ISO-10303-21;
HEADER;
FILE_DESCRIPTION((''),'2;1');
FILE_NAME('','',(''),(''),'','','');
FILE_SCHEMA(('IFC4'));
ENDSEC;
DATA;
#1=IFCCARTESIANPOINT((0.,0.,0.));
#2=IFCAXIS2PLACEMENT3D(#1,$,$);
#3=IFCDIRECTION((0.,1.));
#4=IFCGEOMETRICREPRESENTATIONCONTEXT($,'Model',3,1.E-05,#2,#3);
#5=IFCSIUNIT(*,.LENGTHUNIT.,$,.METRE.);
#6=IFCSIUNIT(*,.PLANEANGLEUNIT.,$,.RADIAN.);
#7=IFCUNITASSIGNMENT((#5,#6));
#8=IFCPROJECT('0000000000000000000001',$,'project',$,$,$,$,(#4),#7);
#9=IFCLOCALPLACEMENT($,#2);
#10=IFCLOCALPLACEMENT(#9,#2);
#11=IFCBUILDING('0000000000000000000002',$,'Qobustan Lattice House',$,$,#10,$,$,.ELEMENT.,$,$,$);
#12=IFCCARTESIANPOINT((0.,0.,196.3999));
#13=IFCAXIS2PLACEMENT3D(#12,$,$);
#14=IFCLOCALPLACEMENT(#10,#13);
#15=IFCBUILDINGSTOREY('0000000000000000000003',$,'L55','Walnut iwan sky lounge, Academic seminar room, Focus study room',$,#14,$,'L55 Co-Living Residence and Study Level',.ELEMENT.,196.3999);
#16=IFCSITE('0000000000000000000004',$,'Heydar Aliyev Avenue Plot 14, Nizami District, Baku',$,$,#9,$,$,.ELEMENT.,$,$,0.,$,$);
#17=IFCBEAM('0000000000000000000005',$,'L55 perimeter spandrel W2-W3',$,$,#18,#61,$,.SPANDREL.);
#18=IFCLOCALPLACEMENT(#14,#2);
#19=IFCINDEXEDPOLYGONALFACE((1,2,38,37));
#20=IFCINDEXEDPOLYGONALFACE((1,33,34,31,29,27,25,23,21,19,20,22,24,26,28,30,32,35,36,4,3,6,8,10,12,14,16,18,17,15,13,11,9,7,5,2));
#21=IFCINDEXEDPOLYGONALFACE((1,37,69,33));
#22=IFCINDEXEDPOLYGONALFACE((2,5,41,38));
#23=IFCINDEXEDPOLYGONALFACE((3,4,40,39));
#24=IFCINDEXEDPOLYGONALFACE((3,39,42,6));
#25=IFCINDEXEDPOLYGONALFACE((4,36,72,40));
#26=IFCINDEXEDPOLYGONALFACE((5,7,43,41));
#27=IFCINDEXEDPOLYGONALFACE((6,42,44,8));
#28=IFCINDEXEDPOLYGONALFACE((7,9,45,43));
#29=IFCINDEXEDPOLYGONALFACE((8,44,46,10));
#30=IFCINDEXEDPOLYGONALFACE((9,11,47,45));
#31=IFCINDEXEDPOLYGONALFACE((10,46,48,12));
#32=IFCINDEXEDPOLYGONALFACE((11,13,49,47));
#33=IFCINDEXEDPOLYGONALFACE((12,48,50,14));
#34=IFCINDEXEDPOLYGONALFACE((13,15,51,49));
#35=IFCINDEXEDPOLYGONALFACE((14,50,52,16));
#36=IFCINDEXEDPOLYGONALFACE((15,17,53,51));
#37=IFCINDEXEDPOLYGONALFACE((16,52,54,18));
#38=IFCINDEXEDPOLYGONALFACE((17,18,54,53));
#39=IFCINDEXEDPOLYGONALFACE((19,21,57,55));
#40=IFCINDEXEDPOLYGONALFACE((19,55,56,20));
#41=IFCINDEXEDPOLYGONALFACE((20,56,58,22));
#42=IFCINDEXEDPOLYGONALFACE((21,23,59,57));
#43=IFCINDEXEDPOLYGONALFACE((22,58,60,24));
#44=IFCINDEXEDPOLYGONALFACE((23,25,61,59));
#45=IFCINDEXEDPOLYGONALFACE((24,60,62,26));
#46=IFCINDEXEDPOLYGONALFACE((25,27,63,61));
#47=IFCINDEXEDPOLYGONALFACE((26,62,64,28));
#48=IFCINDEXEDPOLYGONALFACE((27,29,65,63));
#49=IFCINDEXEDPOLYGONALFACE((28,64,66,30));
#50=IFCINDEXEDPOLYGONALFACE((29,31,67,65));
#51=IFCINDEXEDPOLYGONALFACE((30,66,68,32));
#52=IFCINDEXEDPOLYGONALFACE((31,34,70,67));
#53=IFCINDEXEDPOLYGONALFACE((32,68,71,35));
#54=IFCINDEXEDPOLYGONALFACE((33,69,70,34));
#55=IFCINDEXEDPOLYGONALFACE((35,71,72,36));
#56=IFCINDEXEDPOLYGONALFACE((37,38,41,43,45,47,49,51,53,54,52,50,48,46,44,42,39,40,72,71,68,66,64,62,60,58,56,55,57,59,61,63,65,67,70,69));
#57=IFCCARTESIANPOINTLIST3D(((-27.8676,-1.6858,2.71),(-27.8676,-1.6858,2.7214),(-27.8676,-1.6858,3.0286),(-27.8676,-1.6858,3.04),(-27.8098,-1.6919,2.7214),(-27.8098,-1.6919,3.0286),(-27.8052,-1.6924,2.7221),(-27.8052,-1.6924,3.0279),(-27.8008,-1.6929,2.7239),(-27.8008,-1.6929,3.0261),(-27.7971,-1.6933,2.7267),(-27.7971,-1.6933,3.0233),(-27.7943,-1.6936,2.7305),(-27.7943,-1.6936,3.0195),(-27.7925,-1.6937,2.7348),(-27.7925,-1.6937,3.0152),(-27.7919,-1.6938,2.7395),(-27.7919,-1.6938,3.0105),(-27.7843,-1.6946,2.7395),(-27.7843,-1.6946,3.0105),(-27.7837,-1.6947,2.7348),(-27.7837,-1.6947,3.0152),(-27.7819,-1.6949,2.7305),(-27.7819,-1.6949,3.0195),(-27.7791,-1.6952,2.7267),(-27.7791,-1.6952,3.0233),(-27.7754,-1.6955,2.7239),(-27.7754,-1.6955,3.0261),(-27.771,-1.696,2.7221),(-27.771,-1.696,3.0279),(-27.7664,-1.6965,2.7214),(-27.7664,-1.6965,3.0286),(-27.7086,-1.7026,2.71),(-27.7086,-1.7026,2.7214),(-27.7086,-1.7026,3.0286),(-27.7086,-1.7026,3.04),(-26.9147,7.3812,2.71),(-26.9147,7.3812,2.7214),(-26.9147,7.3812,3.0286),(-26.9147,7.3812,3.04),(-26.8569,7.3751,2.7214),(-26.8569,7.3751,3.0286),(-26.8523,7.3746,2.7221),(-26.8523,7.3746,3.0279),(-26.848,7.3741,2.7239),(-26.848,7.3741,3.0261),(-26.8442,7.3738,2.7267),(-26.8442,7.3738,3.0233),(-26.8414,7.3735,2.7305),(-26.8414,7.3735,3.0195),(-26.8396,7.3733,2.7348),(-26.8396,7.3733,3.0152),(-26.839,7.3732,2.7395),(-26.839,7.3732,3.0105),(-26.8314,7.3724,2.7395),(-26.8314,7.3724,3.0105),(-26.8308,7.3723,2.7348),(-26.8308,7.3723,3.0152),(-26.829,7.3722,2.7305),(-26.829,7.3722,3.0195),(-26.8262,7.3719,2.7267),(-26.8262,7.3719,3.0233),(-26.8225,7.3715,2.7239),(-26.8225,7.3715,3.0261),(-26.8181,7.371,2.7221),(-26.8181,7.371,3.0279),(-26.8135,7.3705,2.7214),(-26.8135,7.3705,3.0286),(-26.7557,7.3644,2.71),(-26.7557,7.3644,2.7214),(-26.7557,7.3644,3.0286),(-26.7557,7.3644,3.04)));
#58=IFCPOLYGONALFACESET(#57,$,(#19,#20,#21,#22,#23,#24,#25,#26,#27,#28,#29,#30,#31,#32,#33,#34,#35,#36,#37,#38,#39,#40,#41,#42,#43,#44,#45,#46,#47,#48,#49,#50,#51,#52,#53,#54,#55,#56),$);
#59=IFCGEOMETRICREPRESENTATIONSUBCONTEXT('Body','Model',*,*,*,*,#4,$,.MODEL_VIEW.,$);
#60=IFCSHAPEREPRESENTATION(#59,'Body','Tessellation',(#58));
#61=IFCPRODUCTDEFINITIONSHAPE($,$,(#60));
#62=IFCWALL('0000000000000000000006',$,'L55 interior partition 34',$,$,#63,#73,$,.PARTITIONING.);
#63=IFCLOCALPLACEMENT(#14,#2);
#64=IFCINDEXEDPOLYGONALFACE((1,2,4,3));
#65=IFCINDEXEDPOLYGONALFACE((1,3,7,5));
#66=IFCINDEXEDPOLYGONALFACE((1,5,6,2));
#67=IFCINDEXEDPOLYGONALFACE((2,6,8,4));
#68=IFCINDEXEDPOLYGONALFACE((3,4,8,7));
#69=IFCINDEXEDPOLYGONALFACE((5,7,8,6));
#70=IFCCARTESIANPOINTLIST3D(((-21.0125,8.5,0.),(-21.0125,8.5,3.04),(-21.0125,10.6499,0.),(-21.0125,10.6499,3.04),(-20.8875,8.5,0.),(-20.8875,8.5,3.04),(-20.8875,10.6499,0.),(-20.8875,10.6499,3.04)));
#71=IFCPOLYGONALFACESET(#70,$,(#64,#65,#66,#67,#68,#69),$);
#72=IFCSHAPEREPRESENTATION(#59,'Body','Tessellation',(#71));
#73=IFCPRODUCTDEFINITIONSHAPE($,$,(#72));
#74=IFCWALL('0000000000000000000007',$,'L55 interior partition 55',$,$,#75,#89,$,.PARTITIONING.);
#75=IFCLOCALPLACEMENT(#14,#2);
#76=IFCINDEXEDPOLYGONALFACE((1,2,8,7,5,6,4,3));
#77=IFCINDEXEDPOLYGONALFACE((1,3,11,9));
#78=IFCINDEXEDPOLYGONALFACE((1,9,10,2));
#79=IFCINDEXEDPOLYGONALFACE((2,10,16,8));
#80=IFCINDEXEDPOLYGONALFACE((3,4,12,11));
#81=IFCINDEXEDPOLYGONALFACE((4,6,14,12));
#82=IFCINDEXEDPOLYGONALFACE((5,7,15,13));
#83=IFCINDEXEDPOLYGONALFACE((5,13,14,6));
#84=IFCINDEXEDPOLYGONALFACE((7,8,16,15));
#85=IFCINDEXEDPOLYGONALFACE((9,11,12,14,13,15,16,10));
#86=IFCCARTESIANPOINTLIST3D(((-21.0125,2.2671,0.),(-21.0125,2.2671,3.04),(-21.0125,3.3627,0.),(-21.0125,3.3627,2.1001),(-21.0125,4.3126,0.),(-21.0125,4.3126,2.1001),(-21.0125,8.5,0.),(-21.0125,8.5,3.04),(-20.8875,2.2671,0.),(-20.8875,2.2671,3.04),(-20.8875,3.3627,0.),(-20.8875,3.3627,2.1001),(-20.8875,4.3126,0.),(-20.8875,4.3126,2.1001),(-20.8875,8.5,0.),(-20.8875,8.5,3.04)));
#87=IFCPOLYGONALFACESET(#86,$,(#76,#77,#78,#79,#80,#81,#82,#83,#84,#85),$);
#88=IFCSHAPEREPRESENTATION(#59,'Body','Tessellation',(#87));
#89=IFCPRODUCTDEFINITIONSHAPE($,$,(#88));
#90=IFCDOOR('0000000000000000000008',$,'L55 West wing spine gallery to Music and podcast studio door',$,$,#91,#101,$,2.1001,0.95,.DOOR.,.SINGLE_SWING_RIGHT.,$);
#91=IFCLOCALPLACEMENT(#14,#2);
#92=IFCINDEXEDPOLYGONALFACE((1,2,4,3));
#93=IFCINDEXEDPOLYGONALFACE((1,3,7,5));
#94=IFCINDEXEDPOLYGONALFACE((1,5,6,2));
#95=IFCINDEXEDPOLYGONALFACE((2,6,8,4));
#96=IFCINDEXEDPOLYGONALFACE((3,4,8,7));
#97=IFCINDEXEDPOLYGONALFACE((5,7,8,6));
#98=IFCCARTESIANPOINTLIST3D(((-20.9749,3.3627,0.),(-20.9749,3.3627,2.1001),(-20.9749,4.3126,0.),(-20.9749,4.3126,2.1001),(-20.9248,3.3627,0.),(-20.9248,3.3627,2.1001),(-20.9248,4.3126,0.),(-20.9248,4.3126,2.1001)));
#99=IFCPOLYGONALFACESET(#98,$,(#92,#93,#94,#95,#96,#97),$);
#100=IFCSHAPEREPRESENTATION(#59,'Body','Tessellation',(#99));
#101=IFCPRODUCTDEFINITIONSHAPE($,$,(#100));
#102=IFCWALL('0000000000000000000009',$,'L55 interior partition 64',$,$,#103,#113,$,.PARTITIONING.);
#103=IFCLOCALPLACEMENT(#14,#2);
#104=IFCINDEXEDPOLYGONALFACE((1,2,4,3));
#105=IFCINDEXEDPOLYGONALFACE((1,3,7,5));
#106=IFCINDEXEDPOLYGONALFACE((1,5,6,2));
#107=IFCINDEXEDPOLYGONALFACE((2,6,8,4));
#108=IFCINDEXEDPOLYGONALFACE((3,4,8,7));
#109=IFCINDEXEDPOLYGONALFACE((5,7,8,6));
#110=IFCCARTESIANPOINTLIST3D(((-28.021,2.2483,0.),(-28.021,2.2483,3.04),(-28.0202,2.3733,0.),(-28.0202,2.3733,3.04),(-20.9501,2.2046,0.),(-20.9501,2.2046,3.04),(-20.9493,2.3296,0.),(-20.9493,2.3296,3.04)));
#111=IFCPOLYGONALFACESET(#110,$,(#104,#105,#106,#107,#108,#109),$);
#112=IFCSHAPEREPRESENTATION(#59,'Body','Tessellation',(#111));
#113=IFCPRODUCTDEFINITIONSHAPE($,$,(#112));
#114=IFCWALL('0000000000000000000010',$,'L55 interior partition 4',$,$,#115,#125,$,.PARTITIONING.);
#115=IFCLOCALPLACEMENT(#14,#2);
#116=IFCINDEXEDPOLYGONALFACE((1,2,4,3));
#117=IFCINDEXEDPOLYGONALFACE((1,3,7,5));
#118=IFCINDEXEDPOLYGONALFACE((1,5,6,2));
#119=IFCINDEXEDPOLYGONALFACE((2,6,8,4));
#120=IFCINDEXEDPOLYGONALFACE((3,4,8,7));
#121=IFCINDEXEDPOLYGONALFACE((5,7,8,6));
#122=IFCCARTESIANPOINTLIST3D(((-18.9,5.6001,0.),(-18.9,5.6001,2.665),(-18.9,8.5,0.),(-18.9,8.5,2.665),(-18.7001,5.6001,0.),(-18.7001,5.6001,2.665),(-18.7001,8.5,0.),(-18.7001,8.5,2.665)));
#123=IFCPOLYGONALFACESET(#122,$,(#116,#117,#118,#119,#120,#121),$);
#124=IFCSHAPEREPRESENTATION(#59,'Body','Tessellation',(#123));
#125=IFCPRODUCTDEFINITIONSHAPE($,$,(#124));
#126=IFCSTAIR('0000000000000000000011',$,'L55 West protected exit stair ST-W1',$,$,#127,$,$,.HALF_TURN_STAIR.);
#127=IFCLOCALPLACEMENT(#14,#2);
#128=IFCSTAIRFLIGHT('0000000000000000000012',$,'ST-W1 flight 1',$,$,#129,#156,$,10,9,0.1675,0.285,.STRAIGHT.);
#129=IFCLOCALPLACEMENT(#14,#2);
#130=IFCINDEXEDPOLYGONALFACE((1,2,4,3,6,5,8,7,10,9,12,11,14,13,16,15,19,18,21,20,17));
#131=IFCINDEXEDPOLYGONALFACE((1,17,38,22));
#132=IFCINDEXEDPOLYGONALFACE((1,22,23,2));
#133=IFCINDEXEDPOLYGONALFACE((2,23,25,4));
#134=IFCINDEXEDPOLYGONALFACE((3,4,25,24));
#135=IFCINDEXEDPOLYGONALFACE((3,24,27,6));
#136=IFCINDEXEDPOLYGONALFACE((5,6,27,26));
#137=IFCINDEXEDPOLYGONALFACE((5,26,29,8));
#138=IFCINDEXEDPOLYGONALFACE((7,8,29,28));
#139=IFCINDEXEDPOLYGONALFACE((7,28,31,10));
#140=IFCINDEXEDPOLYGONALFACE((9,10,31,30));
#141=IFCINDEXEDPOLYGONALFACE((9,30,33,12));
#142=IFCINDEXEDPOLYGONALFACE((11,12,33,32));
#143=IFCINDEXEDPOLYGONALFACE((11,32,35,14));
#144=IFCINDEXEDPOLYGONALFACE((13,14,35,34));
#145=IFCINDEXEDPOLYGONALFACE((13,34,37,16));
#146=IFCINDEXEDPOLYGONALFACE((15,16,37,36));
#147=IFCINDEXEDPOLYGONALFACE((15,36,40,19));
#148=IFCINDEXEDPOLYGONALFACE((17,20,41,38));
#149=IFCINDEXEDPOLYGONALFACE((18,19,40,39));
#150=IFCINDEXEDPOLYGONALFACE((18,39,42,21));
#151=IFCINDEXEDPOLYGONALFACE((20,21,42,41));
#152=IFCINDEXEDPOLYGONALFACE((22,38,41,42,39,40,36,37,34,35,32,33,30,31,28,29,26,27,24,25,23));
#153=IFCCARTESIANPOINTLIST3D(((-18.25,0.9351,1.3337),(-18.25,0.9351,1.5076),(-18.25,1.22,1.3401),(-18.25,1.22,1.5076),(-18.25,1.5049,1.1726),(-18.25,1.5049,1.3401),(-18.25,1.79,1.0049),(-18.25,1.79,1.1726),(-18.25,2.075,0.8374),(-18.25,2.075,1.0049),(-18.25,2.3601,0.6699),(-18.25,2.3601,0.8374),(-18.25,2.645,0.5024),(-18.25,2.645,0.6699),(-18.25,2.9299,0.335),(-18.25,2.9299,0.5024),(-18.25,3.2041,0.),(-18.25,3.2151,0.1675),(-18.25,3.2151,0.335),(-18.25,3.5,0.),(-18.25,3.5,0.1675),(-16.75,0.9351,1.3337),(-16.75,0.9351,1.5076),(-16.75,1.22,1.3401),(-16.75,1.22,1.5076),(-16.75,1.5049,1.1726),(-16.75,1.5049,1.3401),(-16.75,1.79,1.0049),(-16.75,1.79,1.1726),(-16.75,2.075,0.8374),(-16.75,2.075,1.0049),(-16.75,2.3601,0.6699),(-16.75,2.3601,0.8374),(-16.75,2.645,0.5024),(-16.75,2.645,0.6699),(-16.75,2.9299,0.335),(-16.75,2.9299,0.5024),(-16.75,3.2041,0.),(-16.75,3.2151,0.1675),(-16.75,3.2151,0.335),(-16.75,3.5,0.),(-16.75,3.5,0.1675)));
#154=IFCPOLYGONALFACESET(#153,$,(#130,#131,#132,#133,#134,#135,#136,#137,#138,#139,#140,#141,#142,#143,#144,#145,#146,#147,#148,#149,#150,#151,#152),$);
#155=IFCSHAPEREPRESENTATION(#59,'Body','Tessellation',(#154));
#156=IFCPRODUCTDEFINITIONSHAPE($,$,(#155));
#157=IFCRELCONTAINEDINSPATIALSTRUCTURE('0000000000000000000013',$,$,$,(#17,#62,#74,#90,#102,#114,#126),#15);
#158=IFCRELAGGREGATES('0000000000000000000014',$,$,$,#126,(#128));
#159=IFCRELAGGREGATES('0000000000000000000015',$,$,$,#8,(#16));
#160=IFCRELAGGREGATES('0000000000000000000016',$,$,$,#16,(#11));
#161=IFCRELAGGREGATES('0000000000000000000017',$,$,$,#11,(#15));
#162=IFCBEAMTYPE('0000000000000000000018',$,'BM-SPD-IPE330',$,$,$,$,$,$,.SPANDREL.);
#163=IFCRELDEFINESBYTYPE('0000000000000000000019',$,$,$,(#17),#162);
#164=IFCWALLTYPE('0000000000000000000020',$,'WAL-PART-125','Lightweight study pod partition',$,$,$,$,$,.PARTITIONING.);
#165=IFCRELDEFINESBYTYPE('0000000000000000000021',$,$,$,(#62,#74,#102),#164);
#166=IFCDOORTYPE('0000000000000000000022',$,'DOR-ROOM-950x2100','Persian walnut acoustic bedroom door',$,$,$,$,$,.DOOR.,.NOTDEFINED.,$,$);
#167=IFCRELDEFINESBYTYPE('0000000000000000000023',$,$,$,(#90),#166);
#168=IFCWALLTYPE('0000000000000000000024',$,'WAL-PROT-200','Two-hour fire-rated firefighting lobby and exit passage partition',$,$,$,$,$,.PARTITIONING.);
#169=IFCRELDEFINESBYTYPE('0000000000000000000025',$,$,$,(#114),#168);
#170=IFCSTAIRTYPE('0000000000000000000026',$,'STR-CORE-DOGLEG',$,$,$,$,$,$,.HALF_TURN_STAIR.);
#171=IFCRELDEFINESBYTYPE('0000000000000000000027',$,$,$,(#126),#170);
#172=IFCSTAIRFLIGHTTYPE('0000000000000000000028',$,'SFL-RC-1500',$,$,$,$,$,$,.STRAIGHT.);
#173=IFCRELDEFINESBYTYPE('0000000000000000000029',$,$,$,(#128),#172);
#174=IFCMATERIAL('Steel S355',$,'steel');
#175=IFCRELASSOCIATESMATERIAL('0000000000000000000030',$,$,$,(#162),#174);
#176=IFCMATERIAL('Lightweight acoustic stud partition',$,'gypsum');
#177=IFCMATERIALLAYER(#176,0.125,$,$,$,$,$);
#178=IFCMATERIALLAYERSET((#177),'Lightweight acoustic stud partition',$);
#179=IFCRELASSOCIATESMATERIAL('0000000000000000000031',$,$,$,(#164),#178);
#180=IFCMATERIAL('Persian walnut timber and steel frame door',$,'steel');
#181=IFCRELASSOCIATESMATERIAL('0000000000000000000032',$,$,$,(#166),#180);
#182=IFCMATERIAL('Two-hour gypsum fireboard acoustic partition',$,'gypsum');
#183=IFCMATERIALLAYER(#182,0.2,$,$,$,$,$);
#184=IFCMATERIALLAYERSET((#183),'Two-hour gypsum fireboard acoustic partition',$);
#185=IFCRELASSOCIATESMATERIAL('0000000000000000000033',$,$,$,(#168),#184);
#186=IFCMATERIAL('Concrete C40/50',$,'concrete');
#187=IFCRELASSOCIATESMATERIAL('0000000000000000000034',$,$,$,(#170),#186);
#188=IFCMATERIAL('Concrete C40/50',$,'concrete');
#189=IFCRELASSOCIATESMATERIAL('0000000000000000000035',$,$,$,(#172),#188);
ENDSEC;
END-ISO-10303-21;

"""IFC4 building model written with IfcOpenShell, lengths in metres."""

from ifc_helpers import new_model, si_unit, direction, frame, frame_2d, origin, origin_2d, place, context, subcontext, project, spatial, polyline, rectangle, i_section, outline, extrude, material, layer, layer_set, material_profile, profile_set, type_object, element, fill, aggregate, save


model = new_model("IFC4")

# Units and contexts
model_context = context("Model", 3, precision=1e-05, world=origin(), true_north=direction((0.0, 1.0)))
body_context = subcontext(model_context, "Body", "Model", "MODEL_VIEW")
ifc_project = project(units=[si_unit("LENGTHUNIT", "METRE"), si_unit("PLANEANGLEUNIT", "RADIAN")], contexts=[model_context])

# Site, building, storey
site_placement = place(None, origin())
site = spatial("IfcSite", under=ifc_project, at=site_placement, Name="Heydar Aliyev Avenue Plot 14, Nizami District, Baku", CompositionType="ELEMENT", RefElevation=0.0)
building_placement = place(site_placement, origin())
building = spatial("IfcBuilding", under=site, at=building_placement, Name="Qobustan Lattice House", CompositionType="ELEMENT")
storey_placement = place(building_placement, frame((0.0, 0.0, 196.3999)))
storey = spatial("IfcBuildingStorey", under=building, at=storey_placement, Name="L55", Description="Walnut iwan sky lounge, Academic seminar room, Focus study room", LongName="L55 Co-Living Residence and Study Level", CompositionType="ELEMENT", Elevation=196.3999)

# Beam
ifc_material_1 = material(Name="Steel S355", Category="steel")
ifc_material_profile_1 = material_profile(ifc_material_1, i_section(OverallWidth=0.1599, OverallDepth=0.3301, WebThickness=0.0076, FlangeThickness=0.0115, FilletRadius=0.0181, at=origin_2d()), Name="IPE330")
ifc_profile_set_1 = profile_set([ifc_material_profile_1], Name="Steel S355")
beam_type_1 = type_object("IfcBeamType", Name="BM-SPD-IPE330", PredefinedType="SPANDREL", material=ifc_profile_set_1)
beam_1_placement = place(storey_placement, frame((-26.8352, 7.3728, 2.875), z_axis=(-0.104519, -0.994523, 0.0), x_axis=(0.994523, -0.104519, 0.0)))
element("IfcBeam", 1, at=beam_1_placement, inside=storey, type_object=beam_type_1, Name="L55 perimeter spandrel W2-W3", PredefinedType="SPANDREL", context=body_context, shape_type="SweptSolid", body=[
    extrude(i_section(OverallWidth=0.1599, OverallDepth=0.3301, WebThickness=0.0076, FlangeThickness=0.0115, FilletRadius=0.0181, at=origin_2d()), origin(), (0.0, 0.0, 1.0), 9.1169),
])

# Wall
ifc_material_2 = material(Name="Lightweight acoustic stud partition", Category="gypsum")
ifc_layer_1 = layer(ifc_material_2, 0.125)
ifc_layer_set_1 = layer_set([ifc_layer_1], Name="Lightweight acoustic stud partition")
wall_type_1 = type_object("IfcWallType", Name="WAL-PART-125", Description="Lightweight study pod partition", PredefinedType="PARTITIONING", material=ifc_layer_set_1)
wall_1_placement = place(storey_placement, frame((-20.95, 8.5, 0.0), z_axis=(0.0, 0.0, 1.0), x_axis=(0.0, 1.0, 0.0)))
element("IfcWall", 2, at=wall_1_placement, inside=storey, type_object=wall_type_1, Name="L55 interior partition 34", PredefinedType="PARTITIONING", context=body_context, shape_type="SweptSolid", body=[
    extrude(rectangle(XDim=2.1499, YDim=0.125, at=frame_2d((1.075, 0.0))), origin(), (0.0, 0.0, 1.0), 3.04),
])

# Wall, opening, door
wall_2_placement = place(storey_placement, frame((-20.95, 2.2671, 0.0), z_axis=(0.0, 0.0, 1.0), x_axis=(0.0, 1.0, 0.0)))
wall_2 = element("IfcWall", 3, at=wall_2_placement, inside=storey, type_object=wall_type_1, Name="L55 interior partition 55", PredefinedType="PARTITIONING", context=body_context, shape_type="SweptSolid", body=[
    extrude(rectangle(XDim=6.2329, YDim=0.125, at=frame_2d((3.1165, 0.0))), origin(), (0.0, 0.0, 1.0), 3.04),
])
opening_1_placement = place(wall_2_placement, frame((1.0955, 0.0, 0.0)))
opening_1 = element("IfcOpeningElement", 4, at=opening_1_placement, cuts=wall_2, PredefinedType="OPENING", context=body_context, shape_type="SweptSolid", body=[
    extrude(rectangle(XDim=0.95, YDim=2.1001, at=frame_2d((0.4751, 1.05))), frame((0.0, 0.0725, 0.0), z_axis=(0.0, -1.0, 0.0), x_axis=(1.0, 0.0, 0.0)), (0.0, 0.0, 1.0), 0.145),
])
ifc_material_3 = material(Name="Persian walnut timber and steel frame door", Category="steel")
door_type_1 = type_object("IfcDoorType", Name="DOR-ROOM-950x2100", Description="Persian walnut acoustic bedroom door", OperationType="NOTDEFINED", PredefinedType="DOOR", material=ifc_material_3)
door_1_placement = place(opening_1_placement, origin())
door_1 = element("IfcDoor", 5, at=door_1_placement, inside=storey, type_object=door_type_1, Name="L55 West wing spine gallery to Music and podcast studio door", OperationType="SINGLE_SWING_RIGHT", OverallHeight=2.1001, OverallWidth=0.95, PredefinedType="DOOR", context=body_context, shape_type="SweptSolid", body=[
    extrude(rectangle(XDim=0.95, YDim=2.1001, at=frame_2d((0.4751, 1.05))), frame((0.0, 0.0249, 0.0), z_axis=(0.0, -1.0, 0.0), x_axis=(1.0, 0.0, 0.0)), (0.0, 0.0, 1.0), 0.05),
])
fill(opening_1, door_1)

# Wall
wall_3_placement = place(storey_placement, frame((-28.0208, 2.3108, 0.0), z_axis=(0.0, 0.0, 1.0), x_axis=(0.999981, -0.00618, 0.0)))
element("IfcWall", 6, at=wall_3_placement, inside=storey, type_object=wall_type_1, Name="L55 interior partition 64", PredefinedType="PARTITIONING", context=body_context, shape_type="SweptSolid", body=[
    extrude(rectangle(XDim=7.071, YDim=0.125, at=frame_2d((3.5356, 0.0))), origin(), (0.0, 0.0, 1.0), 3.04),
])

# Wall
ifc_material_4 = material(Name="Two-hour gypsum fireboard acoustic partition", Category="gypsum")
ifc_layer_2 = layer(ifc_material_4, 0.2)
ifc_layer_set_2 = layer_set([ifc_layer_2], Name="Two-hour gypsum fireboard acoustic partition")
wall_type_2 = type_object("IfcWallType", Name="WAL-PROT-200", Description="Two-hour fire-rated firefighting lobby and exit passage partition", PredefinedType="PARTITIONING", material=ifc_layer_set_2)
wall_4_placement = place(storey_placement, frame((-18.8, 8.5, 0.0), z_axis=(0.0, 0.0, 1.0), x_axis=(0.0, -1.0, 0.0)))
element("IfcWall", 7, at=wall_4_placement, inside=storey, type_object=wall_type_2, Name="L55 interior partition 4", PredefinedType="PARTITIONING", context=body_context, shape_type="SweptSolid", body=[
    extrude(rectangle(XDim=2.8999, YDim=0.2, at=frame_2d((1.45, 0.0))), origin(), (0.0, 0.0, 1.0), 2.665),
])

# Stair, stair flight
ifc_material_5 = material(Name="Concrete C40/50", Category="concrete")
stair_type = type_object("IfcStairType", Name="STR-CORE-DOGLEG", PredefinedType="HALF_TURN_STAIR", material=ifc_material_5)
stair_placement = place(storey_placement, origin())
stair = element("IfcStair", 8, at=stair_placement, inside=storey, type_object=stair_type, Name="L55 West protected exit stair ST-W1", PredefinedType="HALF_TURN_STAIR")
ifc_material_6 = material(Name="Concrete C40/50", Category="concrete")
stair_flight_type = type_object("IfcStairFlightType", Name="SFL-RC-1500", PredefinedType="STRAIGHT", material=ifc_material_6)
stair_flight_placement = place(storey_placement, frame((-17.5, 3.5, 0.0), z_axis=(0.0, 0.0, 1.0), x_axis=(0.0, -1.0, 0.0)))
stair_flight = element("IfcStairFlight", 9, at=stair_flight_placement, type_object=stair_flight_type, Name="ST-W1 flight 1", NumberOfRisers=10, NumberOfTreads=9, PredefinedType="STRAIGHT", RiserHeight=0.1675, TreadLength=0.285, context=body_context, shape_type="SweptSolid", body=[
    extrude(outline(polyline([(0.0, 0.0), (0.0, 0.1675), (0.2849, 0.1675), (0.2849, 0.335), (0.5701, 0.335), (0.5701, 0.5024), (0.855, 0.5024), (0.855, 0.6699), (1.1399, 0.6699), (1.1399, 0.8374), (1.425, 0.8374), (1.425, 1.0049), (1.71, 1.0049), (1.71, 1.1726), (1.9951, 1.1726), (1.9951, 1.3401), (2.28, 1.3401), (2.28, 1.5076), (2.5649, 1.5076), (2.5649, 1.675), (2.5649, 1.3337), (0.2959, 0.0), (0.0, 0.0)])), frame((0.0, 0.75, 0.0), z_axis=(0.0, -1.0, 0.0), x_axis=(1.0, 0.0, 0.0)), (0.0, 0.0, 1.0), 1.5),
])
aggregate(stair, [stair_flight])

save(model, "model.ifc")
